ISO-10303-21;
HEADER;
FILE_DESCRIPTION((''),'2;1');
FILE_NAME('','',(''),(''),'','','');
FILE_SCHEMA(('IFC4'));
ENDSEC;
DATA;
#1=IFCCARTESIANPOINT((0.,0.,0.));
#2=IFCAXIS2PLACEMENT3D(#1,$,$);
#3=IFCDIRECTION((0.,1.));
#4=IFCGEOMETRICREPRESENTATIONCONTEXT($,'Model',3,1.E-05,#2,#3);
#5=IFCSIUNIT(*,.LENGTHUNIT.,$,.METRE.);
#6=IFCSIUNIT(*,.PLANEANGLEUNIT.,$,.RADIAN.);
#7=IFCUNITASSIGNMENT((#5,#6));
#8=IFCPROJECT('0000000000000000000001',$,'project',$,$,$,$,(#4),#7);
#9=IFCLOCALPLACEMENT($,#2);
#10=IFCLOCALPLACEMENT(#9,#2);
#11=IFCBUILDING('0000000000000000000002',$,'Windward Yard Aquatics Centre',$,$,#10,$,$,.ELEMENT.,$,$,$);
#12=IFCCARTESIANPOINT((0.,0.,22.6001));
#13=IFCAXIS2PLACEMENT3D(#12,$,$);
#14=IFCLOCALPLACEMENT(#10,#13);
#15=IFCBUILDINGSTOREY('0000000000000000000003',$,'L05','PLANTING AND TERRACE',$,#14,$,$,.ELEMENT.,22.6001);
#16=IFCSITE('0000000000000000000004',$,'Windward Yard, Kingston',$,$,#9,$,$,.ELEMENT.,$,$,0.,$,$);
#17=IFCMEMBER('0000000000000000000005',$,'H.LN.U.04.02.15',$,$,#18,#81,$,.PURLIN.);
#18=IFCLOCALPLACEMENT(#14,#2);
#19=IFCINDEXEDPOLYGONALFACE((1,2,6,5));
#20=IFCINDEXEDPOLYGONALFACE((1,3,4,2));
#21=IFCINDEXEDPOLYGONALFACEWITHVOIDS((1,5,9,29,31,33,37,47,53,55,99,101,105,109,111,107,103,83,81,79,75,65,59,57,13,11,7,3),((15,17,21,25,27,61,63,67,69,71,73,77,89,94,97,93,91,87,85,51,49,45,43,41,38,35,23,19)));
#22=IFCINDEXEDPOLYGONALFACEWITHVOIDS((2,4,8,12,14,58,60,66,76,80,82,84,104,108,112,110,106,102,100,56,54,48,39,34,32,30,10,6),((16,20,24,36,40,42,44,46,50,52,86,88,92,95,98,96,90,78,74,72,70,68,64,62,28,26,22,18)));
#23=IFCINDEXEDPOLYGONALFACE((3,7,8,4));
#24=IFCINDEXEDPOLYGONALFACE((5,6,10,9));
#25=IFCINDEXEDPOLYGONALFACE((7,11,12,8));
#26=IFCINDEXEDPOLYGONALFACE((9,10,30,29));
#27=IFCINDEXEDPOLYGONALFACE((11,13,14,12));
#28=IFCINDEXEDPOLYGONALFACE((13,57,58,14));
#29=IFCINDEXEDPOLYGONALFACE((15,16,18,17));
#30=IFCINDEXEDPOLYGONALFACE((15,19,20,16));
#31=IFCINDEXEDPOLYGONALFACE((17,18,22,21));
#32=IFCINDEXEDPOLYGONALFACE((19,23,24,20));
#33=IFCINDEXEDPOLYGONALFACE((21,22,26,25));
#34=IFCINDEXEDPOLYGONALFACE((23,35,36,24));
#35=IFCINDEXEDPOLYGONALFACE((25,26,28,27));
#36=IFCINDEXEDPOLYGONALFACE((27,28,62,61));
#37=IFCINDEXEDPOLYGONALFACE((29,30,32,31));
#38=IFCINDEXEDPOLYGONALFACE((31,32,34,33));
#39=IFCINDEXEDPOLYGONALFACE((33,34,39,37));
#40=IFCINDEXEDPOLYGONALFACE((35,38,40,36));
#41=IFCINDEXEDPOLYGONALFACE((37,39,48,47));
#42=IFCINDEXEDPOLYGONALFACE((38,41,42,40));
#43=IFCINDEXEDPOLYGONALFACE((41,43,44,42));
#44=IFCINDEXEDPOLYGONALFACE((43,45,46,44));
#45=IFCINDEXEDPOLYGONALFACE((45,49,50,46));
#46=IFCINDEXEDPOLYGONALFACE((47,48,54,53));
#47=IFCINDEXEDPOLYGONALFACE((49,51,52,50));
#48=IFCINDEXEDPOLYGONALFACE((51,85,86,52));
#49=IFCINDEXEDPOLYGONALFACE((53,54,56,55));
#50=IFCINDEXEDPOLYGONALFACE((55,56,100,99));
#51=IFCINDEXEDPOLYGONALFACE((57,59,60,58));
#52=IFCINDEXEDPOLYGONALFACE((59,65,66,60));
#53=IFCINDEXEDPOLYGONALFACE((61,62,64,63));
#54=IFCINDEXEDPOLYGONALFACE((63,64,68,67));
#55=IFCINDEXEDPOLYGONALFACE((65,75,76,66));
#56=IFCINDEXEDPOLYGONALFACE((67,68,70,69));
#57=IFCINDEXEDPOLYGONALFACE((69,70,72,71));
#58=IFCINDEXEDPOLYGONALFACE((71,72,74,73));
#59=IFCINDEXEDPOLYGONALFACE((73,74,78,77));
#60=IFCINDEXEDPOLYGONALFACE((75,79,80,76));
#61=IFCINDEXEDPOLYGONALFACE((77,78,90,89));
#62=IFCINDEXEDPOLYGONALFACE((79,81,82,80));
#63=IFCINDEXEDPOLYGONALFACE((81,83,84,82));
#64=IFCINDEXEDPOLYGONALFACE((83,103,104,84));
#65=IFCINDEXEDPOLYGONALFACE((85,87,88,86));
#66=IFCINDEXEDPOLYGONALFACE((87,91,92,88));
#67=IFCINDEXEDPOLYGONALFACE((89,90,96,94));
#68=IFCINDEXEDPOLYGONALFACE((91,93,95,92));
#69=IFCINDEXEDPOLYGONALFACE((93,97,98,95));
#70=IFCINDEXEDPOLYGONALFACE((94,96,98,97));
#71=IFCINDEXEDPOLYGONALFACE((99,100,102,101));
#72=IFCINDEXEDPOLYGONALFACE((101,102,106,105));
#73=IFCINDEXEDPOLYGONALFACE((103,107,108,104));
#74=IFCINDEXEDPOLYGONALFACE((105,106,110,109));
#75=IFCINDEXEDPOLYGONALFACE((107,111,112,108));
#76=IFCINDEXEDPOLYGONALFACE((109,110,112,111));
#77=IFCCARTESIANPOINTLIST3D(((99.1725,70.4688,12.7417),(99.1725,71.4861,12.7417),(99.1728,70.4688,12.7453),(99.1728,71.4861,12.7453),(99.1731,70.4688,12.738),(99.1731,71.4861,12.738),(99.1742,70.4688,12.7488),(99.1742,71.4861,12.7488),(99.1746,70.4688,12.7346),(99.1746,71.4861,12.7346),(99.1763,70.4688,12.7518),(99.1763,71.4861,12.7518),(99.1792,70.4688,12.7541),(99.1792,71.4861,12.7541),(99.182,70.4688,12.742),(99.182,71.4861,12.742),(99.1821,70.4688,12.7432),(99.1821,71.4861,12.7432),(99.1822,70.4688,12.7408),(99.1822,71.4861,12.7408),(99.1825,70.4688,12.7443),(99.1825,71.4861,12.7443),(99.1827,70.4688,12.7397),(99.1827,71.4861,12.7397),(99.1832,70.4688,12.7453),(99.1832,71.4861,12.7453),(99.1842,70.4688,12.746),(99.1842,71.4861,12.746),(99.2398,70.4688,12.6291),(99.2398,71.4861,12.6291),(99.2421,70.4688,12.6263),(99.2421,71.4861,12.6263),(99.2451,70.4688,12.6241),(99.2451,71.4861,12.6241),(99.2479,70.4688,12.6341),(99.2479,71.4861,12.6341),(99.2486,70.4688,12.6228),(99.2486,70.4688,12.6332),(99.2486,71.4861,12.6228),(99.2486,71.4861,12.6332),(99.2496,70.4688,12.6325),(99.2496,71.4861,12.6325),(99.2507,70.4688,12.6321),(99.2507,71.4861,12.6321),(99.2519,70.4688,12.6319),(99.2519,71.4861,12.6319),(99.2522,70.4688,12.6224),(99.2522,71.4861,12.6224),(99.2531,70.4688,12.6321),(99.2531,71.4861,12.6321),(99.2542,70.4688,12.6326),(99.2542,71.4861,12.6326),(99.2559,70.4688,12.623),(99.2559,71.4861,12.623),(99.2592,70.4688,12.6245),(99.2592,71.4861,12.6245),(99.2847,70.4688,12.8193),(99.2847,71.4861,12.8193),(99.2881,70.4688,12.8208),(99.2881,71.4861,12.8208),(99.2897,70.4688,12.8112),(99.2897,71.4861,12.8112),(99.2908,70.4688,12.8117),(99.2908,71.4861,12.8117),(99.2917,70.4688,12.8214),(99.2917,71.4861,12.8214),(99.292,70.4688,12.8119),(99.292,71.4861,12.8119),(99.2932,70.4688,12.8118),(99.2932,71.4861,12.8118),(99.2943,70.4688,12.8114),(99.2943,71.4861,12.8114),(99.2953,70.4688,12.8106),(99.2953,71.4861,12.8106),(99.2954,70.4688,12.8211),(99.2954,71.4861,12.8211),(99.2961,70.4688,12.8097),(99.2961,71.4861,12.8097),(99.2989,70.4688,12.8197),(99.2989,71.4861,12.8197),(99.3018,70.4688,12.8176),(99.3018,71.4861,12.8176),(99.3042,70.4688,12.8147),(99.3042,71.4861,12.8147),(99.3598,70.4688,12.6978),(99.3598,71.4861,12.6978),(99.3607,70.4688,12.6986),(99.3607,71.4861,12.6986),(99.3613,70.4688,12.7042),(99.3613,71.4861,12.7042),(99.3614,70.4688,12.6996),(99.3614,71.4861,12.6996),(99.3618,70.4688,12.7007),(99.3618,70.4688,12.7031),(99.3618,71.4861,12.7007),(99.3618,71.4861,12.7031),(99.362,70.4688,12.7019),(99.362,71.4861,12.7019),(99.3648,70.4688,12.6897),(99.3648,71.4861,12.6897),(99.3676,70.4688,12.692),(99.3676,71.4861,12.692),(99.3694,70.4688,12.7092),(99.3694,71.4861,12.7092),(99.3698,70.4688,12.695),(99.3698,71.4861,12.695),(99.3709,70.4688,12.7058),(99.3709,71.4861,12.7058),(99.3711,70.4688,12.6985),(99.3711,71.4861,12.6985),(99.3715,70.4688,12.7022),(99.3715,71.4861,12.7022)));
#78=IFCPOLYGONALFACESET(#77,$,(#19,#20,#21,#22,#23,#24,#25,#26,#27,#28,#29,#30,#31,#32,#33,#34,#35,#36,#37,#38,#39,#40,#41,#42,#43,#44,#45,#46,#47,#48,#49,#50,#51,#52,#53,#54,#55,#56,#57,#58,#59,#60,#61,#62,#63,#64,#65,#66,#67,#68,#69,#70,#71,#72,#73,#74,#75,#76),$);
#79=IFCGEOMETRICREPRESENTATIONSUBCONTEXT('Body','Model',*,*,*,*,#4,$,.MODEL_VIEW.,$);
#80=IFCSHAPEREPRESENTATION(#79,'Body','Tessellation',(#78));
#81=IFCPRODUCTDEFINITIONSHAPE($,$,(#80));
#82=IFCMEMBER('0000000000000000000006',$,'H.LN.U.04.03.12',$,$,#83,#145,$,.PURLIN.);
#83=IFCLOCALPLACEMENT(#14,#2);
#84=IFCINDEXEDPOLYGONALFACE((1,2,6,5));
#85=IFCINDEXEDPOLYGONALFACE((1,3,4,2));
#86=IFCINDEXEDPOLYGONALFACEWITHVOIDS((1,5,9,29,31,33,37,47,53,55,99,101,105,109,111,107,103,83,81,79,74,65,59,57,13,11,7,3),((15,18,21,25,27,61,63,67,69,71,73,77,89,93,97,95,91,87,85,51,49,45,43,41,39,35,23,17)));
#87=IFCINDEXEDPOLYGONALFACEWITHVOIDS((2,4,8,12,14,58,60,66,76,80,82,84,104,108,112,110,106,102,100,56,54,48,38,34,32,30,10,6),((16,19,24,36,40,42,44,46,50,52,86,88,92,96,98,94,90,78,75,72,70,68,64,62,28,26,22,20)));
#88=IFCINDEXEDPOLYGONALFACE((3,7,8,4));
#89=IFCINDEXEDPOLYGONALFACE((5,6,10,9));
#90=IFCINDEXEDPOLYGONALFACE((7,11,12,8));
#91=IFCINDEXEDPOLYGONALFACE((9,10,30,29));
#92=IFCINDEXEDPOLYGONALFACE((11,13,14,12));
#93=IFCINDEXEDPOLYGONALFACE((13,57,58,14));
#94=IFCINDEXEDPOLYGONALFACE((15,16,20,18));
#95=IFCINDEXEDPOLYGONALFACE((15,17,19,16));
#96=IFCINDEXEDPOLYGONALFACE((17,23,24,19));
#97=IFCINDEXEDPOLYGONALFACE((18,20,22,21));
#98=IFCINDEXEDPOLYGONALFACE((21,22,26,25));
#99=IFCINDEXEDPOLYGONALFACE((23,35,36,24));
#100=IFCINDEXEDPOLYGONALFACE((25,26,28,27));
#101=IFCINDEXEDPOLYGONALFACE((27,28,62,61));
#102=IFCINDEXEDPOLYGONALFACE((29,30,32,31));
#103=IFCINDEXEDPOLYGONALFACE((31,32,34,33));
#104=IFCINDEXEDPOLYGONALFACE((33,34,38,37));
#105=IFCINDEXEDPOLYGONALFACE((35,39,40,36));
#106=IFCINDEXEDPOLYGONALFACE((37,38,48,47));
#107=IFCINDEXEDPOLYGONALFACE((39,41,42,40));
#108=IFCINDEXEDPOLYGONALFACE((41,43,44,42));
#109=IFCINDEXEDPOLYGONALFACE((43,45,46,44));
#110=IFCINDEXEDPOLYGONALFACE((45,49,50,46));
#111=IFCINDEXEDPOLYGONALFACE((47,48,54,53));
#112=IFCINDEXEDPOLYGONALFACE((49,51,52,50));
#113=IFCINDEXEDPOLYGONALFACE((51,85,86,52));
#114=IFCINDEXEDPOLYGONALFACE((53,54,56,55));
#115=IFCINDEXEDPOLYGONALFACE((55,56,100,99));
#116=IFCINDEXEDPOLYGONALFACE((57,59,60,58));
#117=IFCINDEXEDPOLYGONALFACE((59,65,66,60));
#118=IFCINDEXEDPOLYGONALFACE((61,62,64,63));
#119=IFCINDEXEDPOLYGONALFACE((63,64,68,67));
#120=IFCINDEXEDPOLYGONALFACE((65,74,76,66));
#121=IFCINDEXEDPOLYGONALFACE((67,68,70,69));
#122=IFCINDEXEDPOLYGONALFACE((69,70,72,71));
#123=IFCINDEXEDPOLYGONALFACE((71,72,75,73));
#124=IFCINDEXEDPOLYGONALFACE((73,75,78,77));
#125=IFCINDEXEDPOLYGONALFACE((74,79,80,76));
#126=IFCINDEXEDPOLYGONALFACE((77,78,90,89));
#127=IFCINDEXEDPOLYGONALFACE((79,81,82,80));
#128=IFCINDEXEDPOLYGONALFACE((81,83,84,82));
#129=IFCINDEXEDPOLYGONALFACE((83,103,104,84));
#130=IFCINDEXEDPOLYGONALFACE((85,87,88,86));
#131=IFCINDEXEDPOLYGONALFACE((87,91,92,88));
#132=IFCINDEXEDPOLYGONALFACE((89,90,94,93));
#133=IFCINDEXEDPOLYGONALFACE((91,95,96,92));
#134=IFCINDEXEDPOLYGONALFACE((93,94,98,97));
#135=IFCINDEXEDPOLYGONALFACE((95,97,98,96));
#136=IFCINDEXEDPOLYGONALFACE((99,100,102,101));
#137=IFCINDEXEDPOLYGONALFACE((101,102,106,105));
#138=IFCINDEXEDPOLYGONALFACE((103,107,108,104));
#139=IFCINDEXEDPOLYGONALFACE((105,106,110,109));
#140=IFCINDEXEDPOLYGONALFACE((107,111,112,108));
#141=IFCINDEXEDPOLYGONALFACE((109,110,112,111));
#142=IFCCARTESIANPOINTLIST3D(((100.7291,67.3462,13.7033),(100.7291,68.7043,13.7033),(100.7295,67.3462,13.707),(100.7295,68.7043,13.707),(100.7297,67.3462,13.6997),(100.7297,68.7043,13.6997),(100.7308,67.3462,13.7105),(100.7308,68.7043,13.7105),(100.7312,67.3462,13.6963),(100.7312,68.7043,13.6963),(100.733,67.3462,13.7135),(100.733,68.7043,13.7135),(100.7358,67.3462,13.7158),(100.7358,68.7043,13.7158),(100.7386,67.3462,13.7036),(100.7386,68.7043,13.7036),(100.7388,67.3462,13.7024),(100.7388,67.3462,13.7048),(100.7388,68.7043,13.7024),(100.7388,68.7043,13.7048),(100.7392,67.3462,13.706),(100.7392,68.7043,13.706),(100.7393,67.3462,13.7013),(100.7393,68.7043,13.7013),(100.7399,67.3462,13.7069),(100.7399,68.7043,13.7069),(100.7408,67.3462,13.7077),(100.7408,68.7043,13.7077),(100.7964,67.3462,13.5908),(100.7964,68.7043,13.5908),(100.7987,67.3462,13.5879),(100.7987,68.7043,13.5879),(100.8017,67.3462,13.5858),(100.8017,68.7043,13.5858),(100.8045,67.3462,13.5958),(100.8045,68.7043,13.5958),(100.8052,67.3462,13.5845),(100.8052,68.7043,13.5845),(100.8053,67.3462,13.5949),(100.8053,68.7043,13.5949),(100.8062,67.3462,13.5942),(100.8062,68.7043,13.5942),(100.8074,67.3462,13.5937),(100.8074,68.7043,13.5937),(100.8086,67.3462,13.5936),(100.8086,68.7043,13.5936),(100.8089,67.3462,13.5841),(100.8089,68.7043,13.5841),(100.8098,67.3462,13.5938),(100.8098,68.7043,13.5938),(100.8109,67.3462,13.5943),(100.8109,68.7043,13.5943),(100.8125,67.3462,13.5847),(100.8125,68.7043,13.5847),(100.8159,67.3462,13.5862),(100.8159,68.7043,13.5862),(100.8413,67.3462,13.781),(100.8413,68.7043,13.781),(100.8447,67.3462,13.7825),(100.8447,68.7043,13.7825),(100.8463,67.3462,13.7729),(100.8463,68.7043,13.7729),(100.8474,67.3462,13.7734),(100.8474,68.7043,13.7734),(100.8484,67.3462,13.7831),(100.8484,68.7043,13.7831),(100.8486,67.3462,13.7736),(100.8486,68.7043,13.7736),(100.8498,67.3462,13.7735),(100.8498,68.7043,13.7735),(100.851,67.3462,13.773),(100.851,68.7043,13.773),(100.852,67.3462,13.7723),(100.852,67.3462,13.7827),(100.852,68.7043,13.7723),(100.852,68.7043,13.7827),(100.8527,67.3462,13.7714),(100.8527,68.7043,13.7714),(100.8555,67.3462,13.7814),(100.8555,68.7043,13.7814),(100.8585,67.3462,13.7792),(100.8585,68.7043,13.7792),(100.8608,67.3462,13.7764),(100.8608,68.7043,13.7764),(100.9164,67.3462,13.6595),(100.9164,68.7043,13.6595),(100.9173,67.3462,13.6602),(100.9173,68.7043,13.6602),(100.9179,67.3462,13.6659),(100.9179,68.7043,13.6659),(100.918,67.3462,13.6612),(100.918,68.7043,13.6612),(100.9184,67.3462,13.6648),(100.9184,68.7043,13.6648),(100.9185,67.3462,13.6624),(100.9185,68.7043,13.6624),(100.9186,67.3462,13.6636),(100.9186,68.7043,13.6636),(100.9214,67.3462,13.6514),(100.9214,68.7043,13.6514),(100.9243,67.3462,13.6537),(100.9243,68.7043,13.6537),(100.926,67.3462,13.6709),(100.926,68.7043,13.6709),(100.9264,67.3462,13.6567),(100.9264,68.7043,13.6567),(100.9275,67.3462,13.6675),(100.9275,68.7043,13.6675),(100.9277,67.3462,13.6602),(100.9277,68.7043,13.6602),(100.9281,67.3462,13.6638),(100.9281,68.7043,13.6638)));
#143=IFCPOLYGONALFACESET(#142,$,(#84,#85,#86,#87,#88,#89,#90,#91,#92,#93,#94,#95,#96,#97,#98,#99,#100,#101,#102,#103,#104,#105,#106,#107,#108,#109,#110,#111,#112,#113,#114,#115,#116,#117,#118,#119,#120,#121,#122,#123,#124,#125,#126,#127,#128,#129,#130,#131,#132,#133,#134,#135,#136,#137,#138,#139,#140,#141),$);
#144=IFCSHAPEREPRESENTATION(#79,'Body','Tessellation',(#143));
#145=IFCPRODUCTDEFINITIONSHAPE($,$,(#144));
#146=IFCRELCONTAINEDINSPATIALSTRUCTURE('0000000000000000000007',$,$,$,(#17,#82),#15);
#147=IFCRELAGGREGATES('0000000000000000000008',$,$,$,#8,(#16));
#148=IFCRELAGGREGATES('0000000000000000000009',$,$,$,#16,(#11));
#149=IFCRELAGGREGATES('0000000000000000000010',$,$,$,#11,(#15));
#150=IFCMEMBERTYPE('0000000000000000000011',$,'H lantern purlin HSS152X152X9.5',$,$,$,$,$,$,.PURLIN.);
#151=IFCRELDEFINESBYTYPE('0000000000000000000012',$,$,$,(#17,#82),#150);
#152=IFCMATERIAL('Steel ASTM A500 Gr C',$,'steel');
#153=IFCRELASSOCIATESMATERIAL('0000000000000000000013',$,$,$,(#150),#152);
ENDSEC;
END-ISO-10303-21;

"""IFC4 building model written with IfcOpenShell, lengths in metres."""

from ifc_helpers import new_model, si_unit, direction, frame, origin, origin_2d, place, context, subcontext, project, spatial, hollow_rectangle, extrude, material, material_profile, profile_set, type_object, element, save


model = new_model("IFC4")

# Units and contexts
model_context = context("Model", 3, precision=1e-05, world=origin(), true_north=direction((0.0, 1.0)))
body_context = subcontext(model_context, "Body", "Model", "MODEL_VIEW")
ifc_project = project(units=[si_unit("LENGTHUNIT", "METRE"), si_unit("PLANEANGLEUNIT", "RADIAN")], contexts=[model_context])

# Site, building, storey
site_placement = place(None, origin())
site = spatial("IfcSite", under=ifc_project, at=site_placement, Name="Windward Yard, Kingston", CompositionType="ELEMENT", RefElevation=0.0)
building_placement = place(site_placement, origin())
building = spatial("IfcBuilding", under=site, at=building_placement, Name="Windward Yard Aquatics Centre", CompositionType="ELEMENT")
storey_placement = place(building_placement, frame((0.0, 0.0, 22.6001)))
storey = spatial("IfcBuildingStorey", under=building, at=storey_placement, Name="L05", Description="PLANTING AND TERRACE", CompositionType="ELEMENT", Elevation=22.6001)

# Members
ifc_material_1 = material(Name="Steel ASTM A500 Gr C", Category="steel")
ifc_material_profile_1 = material_profile(ifc_material_1, hollow_rectangle(XDim=0.1523, YDim=0.1523, WallThickness=0.0095, InnerFilletRadius=0.0046, OuterFilletRadius=0.0142, at=origin_2d()), Name="HSS152X152X9.5")
ifc_profile_set_1 = profile_set([ifc_material_profile_1], Name="Steel ASTM A500 Gr C")
member_type_1 = type_object("IfcMemberType", Name="H lantern purlin HSS152X152X9.5", PredefinedType="PURLIN", material=ifc_profile_set_1)
member_1_placement = place(storey_placement, frame((99.272, 70.4688, 12.7219), z_axis=(0.0, 1.0, 0.0), x_axis=(-0.850755, 0.0, -0.525562)))
element("IfcMember", 1, at=member_1_placement, inside=storey, type_object=member_type_1, Name="H.LN.U.04.02.15", PredefinedType="PURLIN", context=body_context, shape_type="SweptSolid", body=[
    extrude(hollow_rectangle(XDim=0.1523, YDim=0.1523, WallThickness=0.0095, InnerFilletRadius=0.0046, OuterFilletRadius=0.0142, at=origin_2d()), origin(), (0.0, 0.0, 1.0), 1.0173),
])
member_2_placement = place(storey_placement, frame((100.8286, 67.3462, 13.6836), z_axis=(0.0, 1.0, 0.0), x_axis=(-0.850755, 0.0, -0.525562)))
element("IfcMember", 2, at=member_2_placement, inside=storey, type_object=member_type_1, Name="H.LN.U.04.03.12", PredefinedType="PURLIN", context=body_context, shape_type="SweptSolid", body=[
    extrude(hollow_rectangle(XDim=0.1523, YDim=0.1523, WallThickness=0.0095, InnerFilletRadius=0.0046, OuterFilletRadius=0.0142, at=origin_2d()), origin(), (0.0, 0.0, 1.0), 1.3582),
])

save(model, "model.ifc")
